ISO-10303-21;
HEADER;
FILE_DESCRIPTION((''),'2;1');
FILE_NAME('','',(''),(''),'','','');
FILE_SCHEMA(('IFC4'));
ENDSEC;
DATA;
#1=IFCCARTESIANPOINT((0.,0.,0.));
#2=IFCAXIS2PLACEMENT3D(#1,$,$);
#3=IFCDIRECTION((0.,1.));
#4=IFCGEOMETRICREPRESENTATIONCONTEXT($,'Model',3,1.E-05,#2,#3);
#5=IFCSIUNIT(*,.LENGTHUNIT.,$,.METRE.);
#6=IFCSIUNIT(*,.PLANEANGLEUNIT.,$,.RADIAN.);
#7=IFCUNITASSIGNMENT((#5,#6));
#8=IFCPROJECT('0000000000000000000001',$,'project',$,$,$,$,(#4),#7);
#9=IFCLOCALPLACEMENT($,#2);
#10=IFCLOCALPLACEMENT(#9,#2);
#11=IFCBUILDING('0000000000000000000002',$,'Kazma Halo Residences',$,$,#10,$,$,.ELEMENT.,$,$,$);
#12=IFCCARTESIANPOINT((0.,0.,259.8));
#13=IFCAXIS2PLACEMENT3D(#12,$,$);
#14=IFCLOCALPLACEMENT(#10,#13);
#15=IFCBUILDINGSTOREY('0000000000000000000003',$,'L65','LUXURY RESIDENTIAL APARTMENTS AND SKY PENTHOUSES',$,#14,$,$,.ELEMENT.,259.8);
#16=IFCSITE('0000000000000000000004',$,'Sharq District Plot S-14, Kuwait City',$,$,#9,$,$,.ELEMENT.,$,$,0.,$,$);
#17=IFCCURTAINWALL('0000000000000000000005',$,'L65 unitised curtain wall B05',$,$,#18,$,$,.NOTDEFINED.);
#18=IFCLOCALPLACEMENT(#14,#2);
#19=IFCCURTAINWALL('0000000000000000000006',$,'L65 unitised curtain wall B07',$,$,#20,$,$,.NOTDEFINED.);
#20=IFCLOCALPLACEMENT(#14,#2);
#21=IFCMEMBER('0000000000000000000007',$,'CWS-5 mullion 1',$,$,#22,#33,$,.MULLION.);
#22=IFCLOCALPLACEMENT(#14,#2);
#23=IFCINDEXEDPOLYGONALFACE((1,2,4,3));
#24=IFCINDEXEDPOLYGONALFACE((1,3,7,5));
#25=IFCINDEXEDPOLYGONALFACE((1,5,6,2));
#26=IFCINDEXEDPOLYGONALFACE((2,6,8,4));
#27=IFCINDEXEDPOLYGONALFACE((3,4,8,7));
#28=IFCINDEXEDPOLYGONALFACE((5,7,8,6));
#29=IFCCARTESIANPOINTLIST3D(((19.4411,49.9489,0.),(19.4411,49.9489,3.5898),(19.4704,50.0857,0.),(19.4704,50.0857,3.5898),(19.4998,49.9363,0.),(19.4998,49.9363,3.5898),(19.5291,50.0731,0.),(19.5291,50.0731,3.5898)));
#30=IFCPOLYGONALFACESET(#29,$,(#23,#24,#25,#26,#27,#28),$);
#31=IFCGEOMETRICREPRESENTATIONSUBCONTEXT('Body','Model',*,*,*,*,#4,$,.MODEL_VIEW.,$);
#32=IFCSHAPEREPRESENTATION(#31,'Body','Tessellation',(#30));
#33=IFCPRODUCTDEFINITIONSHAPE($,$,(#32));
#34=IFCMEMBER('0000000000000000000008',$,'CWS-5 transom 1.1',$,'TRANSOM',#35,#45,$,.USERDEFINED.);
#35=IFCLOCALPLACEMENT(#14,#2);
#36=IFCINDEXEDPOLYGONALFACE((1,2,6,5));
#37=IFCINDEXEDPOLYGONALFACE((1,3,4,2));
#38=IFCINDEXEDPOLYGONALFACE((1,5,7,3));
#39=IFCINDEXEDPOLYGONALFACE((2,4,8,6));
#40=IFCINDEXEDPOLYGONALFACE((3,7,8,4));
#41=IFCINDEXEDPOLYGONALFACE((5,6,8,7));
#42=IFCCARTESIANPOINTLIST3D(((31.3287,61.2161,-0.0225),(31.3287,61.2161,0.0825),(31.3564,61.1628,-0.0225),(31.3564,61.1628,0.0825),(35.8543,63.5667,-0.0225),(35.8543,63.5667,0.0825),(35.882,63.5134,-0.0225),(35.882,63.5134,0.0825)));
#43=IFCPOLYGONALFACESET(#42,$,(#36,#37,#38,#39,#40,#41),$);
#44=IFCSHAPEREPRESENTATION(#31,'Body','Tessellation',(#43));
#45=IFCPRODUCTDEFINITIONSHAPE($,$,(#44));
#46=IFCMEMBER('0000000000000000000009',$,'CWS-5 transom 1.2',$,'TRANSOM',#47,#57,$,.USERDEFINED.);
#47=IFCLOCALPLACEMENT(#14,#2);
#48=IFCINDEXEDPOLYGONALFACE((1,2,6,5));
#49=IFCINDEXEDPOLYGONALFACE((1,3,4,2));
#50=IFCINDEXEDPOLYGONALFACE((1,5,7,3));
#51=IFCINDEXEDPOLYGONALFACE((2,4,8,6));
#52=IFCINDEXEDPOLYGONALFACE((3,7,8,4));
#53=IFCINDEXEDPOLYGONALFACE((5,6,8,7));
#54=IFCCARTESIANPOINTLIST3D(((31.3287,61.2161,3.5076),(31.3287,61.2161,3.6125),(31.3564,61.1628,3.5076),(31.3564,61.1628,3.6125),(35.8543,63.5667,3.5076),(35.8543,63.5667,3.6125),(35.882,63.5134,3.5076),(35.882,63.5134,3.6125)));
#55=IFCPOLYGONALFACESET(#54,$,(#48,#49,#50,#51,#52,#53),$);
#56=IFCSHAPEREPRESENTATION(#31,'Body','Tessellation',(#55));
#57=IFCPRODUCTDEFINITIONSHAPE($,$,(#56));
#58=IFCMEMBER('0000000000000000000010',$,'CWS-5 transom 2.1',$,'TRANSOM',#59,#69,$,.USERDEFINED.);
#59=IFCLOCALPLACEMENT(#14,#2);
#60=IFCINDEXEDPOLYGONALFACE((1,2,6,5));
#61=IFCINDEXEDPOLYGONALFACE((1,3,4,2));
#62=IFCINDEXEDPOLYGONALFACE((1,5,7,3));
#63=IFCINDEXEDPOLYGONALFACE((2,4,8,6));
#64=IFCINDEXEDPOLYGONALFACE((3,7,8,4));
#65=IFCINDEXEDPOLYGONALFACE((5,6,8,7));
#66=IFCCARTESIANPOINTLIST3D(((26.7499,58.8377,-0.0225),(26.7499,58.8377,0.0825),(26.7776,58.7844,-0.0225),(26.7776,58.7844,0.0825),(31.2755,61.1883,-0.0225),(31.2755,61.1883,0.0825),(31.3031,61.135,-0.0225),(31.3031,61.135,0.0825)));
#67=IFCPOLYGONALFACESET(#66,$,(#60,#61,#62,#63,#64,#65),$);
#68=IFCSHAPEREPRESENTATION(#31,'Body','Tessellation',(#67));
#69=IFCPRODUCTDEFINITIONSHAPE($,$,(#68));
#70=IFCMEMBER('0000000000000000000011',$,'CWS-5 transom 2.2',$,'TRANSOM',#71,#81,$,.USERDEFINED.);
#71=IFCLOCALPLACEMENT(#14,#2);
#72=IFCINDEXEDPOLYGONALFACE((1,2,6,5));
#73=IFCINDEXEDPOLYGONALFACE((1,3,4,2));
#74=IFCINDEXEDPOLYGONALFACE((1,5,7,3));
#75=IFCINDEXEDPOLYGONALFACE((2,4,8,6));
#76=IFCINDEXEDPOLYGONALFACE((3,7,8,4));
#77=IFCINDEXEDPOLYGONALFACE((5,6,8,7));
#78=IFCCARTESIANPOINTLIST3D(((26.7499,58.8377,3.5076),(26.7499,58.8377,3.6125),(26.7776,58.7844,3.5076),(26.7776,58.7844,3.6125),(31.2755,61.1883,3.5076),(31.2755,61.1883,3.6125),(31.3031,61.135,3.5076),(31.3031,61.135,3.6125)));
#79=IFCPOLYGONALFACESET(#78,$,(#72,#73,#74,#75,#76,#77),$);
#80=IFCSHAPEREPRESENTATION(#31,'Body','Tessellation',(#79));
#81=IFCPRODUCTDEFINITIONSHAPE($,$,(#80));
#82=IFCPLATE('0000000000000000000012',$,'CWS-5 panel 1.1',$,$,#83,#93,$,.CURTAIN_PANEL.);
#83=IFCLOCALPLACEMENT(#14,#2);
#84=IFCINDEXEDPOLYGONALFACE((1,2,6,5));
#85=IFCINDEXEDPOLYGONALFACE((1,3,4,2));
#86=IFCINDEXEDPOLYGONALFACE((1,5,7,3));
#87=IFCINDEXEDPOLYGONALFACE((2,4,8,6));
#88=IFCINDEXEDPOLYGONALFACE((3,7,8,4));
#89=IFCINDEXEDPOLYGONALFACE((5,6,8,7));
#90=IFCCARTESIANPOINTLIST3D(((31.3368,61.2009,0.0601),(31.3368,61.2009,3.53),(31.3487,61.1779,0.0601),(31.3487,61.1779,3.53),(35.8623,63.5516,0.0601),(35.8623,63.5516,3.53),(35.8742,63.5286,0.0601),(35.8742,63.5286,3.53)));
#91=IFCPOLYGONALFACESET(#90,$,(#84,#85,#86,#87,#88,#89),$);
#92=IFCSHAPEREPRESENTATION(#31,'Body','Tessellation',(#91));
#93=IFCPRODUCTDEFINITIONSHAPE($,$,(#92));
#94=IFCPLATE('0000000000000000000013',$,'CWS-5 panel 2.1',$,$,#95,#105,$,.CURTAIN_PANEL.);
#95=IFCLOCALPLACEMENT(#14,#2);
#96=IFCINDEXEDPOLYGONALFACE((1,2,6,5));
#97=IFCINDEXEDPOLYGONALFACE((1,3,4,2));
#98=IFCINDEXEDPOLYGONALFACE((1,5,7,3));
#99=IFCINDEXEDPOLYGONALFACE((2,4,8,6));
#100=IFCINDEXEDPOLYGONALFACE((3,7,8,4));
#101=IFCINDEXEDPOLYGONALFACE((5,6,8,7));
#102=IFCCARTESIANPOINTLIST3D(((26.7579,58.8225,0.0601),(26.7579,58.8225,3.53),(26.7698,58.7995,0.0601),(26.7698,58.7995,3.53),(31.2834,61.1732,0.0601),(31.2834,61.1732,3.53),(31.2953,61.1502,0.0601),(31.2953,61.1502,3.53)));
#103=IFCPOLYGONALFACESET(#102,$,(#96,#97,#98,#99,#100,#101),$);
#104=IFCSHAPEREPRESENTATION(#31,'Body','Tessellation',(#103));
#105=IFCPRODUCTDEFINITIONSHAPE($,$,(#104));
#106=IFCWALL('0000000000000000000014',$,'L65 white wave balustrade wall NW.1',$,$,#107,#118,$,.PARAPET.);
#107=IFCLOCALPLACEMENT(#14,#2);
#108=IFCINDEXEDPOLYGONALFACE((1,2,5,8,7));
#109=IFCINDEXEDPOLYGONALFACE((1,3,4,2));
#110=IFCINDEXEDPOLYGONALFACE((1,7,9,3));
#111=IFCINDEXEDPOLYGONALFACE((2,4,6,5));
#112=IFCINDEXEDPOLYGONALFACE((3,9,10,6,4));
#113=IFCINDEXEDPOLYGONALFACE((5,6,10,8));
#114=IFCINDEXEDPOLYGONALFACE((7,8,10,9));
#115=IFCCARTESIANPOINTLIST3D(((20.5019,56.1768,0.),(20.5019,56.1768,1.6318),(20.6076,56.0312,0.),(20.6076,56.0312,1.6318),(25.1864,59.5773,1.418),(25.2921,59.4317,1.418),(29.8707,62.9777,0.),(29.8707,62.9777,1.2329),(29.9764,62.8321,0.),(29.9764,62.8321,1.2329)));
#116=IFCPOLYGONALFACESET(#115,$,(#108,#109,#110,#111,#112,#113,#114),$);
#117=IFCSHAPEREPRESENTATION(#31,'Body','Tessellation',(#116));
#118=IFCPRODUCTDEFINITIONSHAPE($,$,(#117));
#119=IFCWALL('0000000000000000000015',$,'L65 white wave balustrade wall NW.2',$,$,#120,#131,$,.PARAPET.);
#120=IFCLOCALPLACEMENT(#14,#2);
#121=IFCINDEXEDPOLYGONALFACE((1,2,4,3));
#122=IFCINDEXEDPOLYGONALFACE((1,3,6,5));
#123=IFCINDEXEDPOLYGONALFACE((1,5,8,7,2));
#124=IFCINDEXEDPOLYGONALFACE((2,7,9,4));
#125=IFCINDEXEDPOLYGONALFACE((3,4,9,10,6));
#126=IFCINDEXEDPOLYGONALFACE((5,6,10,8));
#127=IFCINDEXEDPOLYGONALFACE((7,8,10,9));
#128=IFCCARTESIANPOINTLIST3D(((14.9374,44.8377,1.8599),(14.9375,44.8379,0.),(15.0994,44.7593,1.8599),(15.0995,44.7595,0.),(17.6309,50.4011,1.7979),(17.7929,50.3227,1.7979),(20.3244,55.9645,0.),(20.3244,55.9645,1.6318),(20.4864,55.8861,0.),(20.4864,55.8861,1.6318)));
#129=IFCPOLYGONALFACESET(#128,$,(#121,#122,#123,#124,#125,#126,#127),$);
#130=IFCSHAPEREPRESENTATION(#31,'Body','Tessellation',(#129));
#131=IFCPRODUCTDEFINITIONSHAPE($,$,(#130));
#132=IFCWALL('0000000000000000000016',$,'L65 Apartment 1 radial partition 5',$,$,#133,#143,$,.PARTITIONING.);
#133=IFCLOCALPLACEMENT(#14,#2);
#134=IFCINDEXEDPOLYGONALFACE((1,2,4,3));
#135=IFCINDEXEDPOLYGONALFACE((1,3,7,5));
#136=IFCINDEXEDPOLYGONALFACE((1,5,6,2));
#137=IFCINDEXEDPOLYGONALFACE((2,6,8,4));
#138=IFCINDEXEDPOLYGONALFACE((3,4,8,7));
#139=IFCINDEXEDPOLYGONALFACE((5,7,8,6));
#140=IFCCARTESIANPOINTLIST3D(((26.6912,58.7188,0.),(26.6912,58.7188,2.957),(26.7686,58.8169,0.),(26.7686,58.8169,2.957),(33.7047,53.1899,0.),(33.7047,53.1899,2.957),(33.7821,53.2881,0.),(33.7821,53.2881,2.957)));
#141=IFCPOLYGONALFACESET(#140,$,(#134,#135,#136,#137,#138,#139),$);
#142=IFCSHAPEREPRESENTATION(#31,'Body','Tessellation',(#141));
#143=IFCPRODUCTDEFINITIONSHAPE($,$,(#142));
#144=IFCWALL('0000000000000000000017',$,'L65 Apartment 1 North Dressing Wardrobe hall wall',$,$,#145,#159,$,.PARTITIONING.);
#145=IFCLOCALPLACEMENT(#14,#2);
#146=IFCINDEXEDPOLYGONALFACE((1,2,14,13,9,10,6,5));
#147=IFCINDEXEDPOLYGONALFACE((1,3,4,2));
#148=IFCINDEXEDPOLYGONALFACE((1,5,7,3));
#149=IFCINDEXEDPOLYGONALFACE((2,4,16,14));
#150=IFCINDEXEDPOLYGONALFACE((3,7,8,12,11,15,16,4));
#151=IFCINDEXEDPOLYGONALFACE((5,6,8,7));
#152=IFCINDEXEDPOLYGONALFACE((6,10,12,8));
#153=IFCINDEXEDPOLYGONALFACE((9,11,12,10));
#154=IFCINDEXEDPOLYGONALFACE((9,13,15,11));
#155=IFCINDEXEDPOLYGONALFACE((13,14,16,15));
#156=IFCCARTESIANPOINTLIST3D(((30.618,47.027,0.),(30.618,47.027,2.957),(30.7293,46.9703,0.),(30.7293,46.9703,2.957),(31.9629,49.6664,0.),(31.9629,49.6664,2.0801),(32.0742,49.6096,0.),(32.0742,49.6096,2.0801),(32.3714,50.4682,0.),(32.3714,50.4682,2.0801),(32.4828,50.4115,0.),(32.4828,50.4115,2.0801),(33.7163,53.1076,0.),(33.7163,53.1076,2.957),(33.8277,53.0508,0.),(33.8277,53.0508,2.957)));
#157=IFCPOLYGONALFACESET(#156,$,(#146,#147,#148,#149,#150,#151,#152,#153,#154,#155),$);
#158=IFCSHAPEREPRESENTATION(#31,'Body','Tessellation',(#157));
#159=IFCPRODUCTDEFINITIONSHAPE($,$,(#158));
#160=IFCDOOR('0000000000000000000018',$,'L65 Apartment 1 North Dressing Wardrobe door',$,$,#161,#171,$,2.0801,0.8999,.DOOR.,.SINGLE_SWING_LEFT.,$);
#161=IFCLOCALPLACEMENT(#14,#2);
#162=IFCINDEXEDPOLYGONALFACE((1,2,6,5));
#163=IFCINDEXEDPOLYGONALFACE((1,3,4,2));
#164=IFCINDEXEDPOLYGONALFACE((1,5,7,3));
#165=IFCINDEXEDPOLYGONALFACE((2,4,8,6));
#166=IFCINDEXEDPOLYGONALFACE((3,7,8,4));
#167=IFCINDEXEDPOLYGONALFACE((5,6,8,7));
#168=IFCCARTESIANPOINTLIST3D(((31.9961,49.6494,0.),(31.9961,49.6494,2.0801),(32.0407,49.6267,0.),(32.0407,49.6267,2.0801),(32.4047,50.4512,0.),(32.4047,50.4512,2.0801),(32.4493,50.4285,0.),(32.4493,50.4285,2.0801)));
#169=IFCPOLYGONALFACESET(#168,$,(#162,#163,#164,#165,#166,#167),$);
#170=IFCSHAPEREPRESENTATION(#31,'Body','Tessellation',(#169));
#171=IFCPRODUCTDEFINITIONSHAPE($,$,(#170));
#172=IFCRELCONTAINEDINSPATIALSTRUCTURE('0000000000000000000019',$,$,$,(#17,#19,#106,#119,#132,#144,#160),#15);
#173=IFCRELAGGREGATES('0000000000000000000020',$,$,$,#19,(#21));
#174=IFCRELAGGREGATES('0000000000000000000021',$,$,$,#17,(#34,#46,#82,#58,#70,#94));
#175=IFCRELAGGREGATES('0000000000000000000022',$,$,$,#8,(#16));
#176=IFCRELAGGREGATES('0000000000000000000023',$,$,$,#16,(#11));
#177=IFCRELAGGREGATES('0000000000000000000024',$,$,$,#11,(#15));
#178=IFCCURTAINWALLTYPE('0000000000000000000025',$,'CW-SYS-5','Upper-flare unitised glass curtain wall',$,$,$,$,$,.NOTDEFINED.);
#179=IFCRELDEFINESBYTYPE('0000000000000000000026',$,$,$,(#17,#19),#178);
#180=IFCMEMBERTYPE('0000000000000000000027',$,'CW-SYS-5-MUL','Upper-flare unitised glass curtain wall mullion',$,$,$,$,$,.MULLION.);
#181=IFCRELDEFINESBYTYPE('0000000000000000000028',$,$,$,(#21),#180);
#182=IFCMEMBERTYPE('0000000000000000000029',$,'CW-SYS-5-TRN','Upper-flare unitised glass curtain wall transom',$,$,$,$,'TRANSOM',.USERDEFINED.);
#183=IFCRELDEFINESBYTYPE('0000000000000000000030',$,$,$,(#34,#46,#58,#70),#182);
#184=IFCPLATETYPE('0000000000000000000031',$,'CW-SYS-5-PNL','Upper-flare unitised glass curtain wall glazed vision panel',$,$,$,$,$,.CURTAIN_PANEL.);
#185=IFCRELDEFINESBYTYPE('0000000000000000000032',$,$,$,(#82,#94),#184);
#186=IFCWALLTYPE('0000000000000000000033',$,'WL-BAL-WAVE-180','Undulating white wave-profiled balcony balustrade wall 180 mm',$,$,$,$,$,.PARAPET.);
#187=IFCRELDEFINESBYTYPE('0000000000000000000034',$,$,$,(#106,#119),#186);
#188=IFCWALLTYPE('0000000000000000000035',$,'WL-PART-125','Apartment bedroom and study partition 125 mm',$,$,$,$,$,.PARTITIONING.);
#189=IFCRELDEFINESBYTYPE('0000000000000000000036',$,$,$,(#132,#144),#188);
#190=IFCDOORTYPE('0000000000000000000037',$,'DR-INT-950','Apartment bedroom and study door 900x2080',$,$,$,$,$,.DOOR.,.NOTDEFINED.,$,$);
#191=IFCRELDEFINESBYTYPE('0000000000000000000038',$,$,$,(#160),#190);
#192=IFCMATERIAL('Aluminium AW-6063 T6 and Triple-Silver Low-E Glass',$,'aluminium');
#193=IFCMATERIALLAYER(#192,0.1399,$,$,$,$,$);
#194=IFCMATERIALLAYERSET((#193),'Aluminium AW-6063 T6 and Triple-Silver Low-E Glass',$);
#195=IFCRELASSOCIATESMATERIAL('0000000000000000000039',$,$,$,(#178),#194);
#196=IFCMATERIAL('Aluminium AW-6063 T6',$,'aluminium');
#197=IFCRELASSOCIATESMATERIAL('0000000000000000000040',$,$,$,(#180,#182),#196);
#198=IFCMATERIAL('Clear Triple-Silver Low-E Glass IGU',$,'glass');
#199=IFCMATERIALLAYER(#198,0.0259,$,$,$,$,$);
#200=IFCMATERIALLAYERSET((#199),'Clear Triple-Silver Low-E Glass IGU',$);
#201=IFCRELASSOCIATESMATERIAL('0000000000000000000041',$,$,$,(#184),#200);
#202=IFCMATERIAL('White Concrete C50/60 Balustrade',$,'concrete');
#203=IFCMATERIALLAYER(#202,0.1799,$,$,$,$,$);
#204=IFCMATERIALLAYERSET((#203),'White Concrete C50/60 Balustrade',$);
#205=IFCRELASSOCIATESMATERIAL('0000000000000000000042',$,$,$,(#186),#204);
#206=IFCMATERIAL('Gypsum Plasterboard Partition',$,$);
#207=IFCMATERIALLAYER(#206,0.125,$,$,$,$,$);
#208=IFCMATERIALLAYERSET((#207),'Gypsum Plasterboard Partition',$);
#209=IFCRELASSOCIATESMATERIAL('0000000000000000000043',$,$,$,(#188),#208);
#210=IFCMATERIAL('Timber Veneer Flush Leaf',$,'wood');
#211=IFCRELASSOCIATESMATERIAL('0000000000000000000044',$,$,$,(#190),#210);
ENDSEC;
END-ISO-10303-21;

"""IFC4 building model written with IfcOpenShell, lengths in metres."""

from ifc_helpers import new_model, si_unit, direction, frame, frame_2d, origin, origin_2d, place, context, subcontext, project, spatial, polyline, rectangle, outline, extrude, material, layer, layer_set, material_profile, profile_set, type_object, element, fill, aggregate, save


model = new_model("IFC4")

# Units and contexts
model_context = context("Model", 3, precision=1e-05, world=origin(), true_north=direction((0.0, 1.0)))
body_context = subcontext(model_context, "Body", "Model", "MODEL_VIEW")
ifc_project = project(units=[si_unit("LENGTHUNIT", "METRE"), si_unit("PLANEANGLEUNIT", "RADIAN")], contexts=[model_context])

# Site, building, storey
site_placement = place(None, origin())
site = spatial("IfcSite", under=ifc_project, at=site_placement, Name="Sharq District Plot S-14, Kuwait City", CompositionType="ELEMENT", RefElevation=0.0)
building_placement = place(site_placement, origin())
building = spatial("IfcBuilding", under=site, at=building_placement, Name="Kazma Halo Residences", CompositionType="ELEMENT")
storey_placement = place(building_placement, frame((0.0, 0.0, 259.8)))
storey = spatial("IfcBuildingStorey", under=building, at=storey_placement, Name="L65", Description="LUXURY RESIDENTIAL APARTMENTS AND SKY PENTHOUSES", CompositionType="ELEMENT", Elevation=259.8)

# Curtain wall
ifc_material_1 = material(Name="Aluminium AW-6063 T6 and Triple-Silver Low-E Glass", Category="aluminium")
ifc_layer_1 = layer(ifc_material_1, 0.1399)
ifc_layer_set_1 = layer_set([ifc_layer_1], Name="Aluminium AW-6063 T6 and Triple-Silver Low-E Glass")
curtain_wall_type = type_object("IfcCurtainWallType", Name="CW-SYS-5", Description="Upper-flare unitised glass curtain wall", PredefinedType="NOTDEFINED", material=ifc_layer_set_1)
curtain_wall_1_placement = place(storey_placement, origin())
curtain_wall_1 = element("IfcCurtainWall", 1, at=curtain_wall_1_placement, inside=storey, type_object=curtain_wall_type, Name="L65 unitised curtain wall B05", PredefinedType="NOTDEFINED")
ifc_material_2 = material(Name="Aluminium AW-6063 T6", Category="aluminium")
ifc_material_profile_1 = material_profile(ifc_material_2, rectangle(XDim=0.0601, YDim=0.1399, at=origin_2d()), Name="CWM-60x140")
ifc_profile_set_1 = profile_set([ifc_material_profile_1], Name="Aluminium AW-6063 T6")
member_type_1 = type_object("IfcMemberType", Name="CW-SYS-5-MUL", Description="Upper-flare unitised glass curtain wall mullion", PredefinedType="MULLION", material=ifc_profile_set_1)

# Curtain wall, member
curtain_wall_2_placement = place(storey_placement, origin())
curtain_wall_2 = element("IfcCurtainWall", 2, at=curtain_wall_2_placement, inside=storey, type_object=curtain_wall_type, Name="L65 unitised curtain wall B07", PredefinedType="NOTDEFINED")
member_1_placement = place(storey_placement, frame((19.4851, 50.011, 0.0), z_axis=(0.0, 0.0, 1.0), x_axis=(0.977775, -0.209657, 0.0)))
member_1 = element("IfcMember", 3, at=member_1_placement, type_object=member_type_1, Name="CWS-5 mullion 1", PredefinedType="MULLION", context=body_context, shape_type="SweptSolid", body=[
    extrude(rectangle(XDim=0.0601, YDim=0.1399, at=origin_2d()), origin(), (0.0, 0.0, 1.0), 3.5898),
])
aggregate(curtain_wall_2, [member_1])

# Members
ifc_material_profile_2 = material_profile(ifc_material_2, rectangle(XDim=0.0601, YDim=0.105, at=origin_2d()), Name="CWT-60x105")
ifc_profile_set_2 = profile_set([ifc_material_profile_2], Name="Aluminium AW-6063 T6")
member_type_2 = type_object("IfcMemberType", Name="CW-SYS-5-TRN", Description="Upper-flare unitised glass curtain wall transom", ElementType="TRANSOM", PredefinedType="USERDEFINED", material=ifc_profile_set_2)
member_2_placement = place(storey_placement, frame((35.8682, 63.54, 0.03), z_axis=(-0.887437, -0.460929, 0.0), x_axis=(0.460929, -0.887437, 0.0)))
member_2 = element("IfcMember", 4, at=member_2_placement, type_object=member_type_2, Name="CWS-5 transom 1.1", ObjectType="TRANSOM", PredefinedType="USERDEFINED", context=body_context, shape_type="SweptSolid", body=[
    extrude(rectangle(XDim=0.0601, YDim=0.105, at=origin_2d()), origin(), (0.0, 0.0, 1.0), 5.0996),
])
member_3_placement = place(storey_placement, frame((35.8682, 63.54, 3.5601), z_axis=(-0.887437, -0.460929, 0.0), x_axis=(0.460929, -0.887437, 0.0)))
member_3 = element("IfcMember", 5, at=member_3_placement, type_object=member_type_2, Name="CWS-5 transom 1.2", ObjectType="TRANSOM", PredefinedType="USERDEFINED", context=body_context, shape_type="SweptSolid", body=[
    extrude(rectangle(XDim=0.0601, YDim=0.105, at=origin_2d()), origin(), (0.0, 0.0, 1.0), 5.0996),
])
member_4_placement = place(storey_placement, frame((31.2893, 61.1616, 0.03), z_axis=(-0.887437, -0.460929, 0.0), x_axis=(0.460929, -0.887437, 0.0)))
member_4 = element("IfcMember", 6, at=member_4_placement, type_object=member_type_2, Name="CWS-5 transom 2.1", ObjectType="TRANSOM", PredefinedType="USERDEFINED", context=body_context, shape_type="SweptSolid", body=[
    extrude(rectangle(XDim=0.0601, YDim=0.105, at=origin_2d()), origin(), (0.0, 0.0, 1.0), 5.0996),
])
member_5_placement = place(storey_placement, frame((31.2893, 61.1616, 3.5601), z_axis=(-0.887437, -0.460929, 0.0), x_axis=(0.460929, -0.887437, 0.0)))
member_5 = element("IfcMember", 7, at=member_5_placement, type_object=member_type_2, Name="CWS-5 transom 2.2", ObjectType="TRANSOM", PredefinedType="USERDEFINED", context=body_context, shape_type="SweptSolid", body=[
    extrude(rectangle(XDim=0.0601, YDim=0.105, at=origin_2d()), origin(), (0.0, 0.0, 1.0), 5.0996),
])

# Plates
ifc_material_3 = material(Name="Clear Triple-Silver Low-E Glass IGU", Category="glass")
ifc_layer_2 = layer(ifc_material_3, 0.0259)
ifc_layer_set_2 = layer_set([ifc_layer_2], Name="Clear Triple-Silver Low-E Glass IGU")
plate_type = type_object("IfcPlateType", Name="CW-SYS-5-PNL", Description="Upper-flare unitised glass curtain wall glazed vision panel", PredefinedType="CURTAIN_PANEL", material=ifc_layer_set_2)
plate_1_placement = place(storey_placement, frame((33.6055, 62.3647, 0.0601), z_axis=(0.0, 0.0, 1.0), x_axis=(-0.887421, -0.460961, 0.0)))
plate_1 = element("IfcPlate", 8, at=plate_1_placement, type_object=plate_type, Name="CWS-5 panel 1.1", PredefinedType="CURTAIN_PANEL", context=body_context, shape_type="SweptSolid", body=[
    extrude(rectangle(XDim=5.0996, YDim=0.0259, at=origin_2d()), origin(), (0.0, 0.0, 1.0), 3.47),
])
plate_2_placement = place(storey_placement, frame((29.0266, 59.9863, 0.0601), z_axis=(0.0, 0.0, 1.0), x_axis=(-0.887421, -0.460961, 0.0)))
plate_2 = element("IfcPlate", 9, at=plate_2_placement, type_object=plate_type, Name="CWS-5 panel 2.1", PredefinedType="CURTAIN_PANEL", context=body_context, shape_type="SweptSolid", body=[
    extrude(rectangle(XDim=5.0996, YDim=0.0259, at=origin_2d()), origin(), (0.0, 0.0, 1.0), 3.47),
])
aggregate(curtain_wall_1, [member_2, member_3, plate_1, member_4, member_5, plate_2])

# Walls
ifc_material_4 = material(Name="White Concrete C50/60 Balustrade", Category="concrete")
ifc_layer_3 = layer(ifc_material_4, 0.1799)
ifc_layer_set_3 = layer_set([ifc_layer_3], Name="White Concrete C50/60 Balustrade")
wall_type_1 = type_object("IfcWallType", Name="WL-BAL-WAVE-180", Description="Undulating white wave-profiled balcony balustrade wall 180 mm", PredefinedType="PARAPET", material=ifc_layer_set_3)
wall_1_placement = place(storey_placement, frame((29.9236, 62.9048, 0.0), z_axis=(0.0, 0.0, 1.0), x_axis=(-0.809261, -0.587449, 0.0)))
element("IfcWall", 10, at=wall_1_placement, inside=storey, type_object=wall_type_1, Name="L65 white wave balustrade wall NW.1", PredefinedType="PARAPET", context=body_context, shape_type="SweptSolid", body=[
    extrude(outline(polyline([(0.0, 0.0), (11.5769, 0.0), (11.5769, 1.6318), (5.7883, 1.418), (0.0, 1.2329), (0.0, 0.0)])), frame((0.0, 0.0898, 0.0), z_axis=(0.0, -1.0, 0.0), x_axis=(1.0, 0.0, 0.0)), (0.0, 0.0, 1.0), 0.1799),
])
wall_2_placement = place(storey_placement, frame((20.4055, 55.9253, 0.0), z_axis=(0.0, 0.0, 1.0), x_axis=(-0.435762, -0.900062, 0.0)))
element("IfcWall", 11, at=wall_2_placement, inside=storey, type_object=wall_type_1, Name="L65 white wave balustrade wall NW.2", PredefinedType="PARAPET", context=body_context, shape_type="SweptSolid", body=[
    extrude(outline(polyline([(0.0, 0.0), (12.3621, 0.0), (12.3623, 1.8599), (6.1812, 1.7979), (0.0, 1.6318), (0.0, 0.0)])), frame((0.0, 0.0898, 0.0), z_axis=(0.0, -1.0, 0.0), x_axis=(1.0, 0.0, 0.0)), (0.0, 0.0, 1.0), 0.1799),
])

# Wall
ifc_material_5 = material(Name="Gypsum Plasterboard Partition")
ifc_layer_4 = layer(ifc_material_5, 0.125)
ifc_layer_set_4 = layer_set([ifc_layer_4], Name="Gypsum Plasterboard Partition")
wall_type_2 = type_object("IfcWallType", Name="WL-PART-125", Description="Apartment bedroom and study partition 125 mm", PredefinedType="PARTITIONING", material=ifc_layer_set_4)
wall_3_placement = place(storey_placement, frame((33.7434, 53.239, 0.0), z_axis=(0.0, 0.0, 1.0), x_axis=(-0.785324, 0.619085, 0.0)))
element("IfcWall", 12, at=wall_3_placement, inside=storey, type_object=wall_type_2, Name="L65 Apartment 1 radial partition 5", PredefinedType="PARTITIONING", context=body_context, shape_type="SweptSolid", body=[
    extrude(rectangle(XDim=8.9307, YDim=0.125, at=frame_2d((4.4653, 0.0))), origin(), (0.0, 0.0, 1.0), 2.957),
])

# Wall, opening, door
wall_4_placement = place(storey_placement, frame((33.772, 53.0791, 0.0), z_axis=(0.0, 0.0, 1.0), x_axis=(-0.454012, -0.890996, 0.0)))
wall_4 = element("IfcWall", 13, at=wall_4_placement, inside=storey, type_object=wall_type_2, Name="L65 Apartment 1 North Dressing Wardrobe hall wall", PredefinedType="PARTITIONING", context=body_context, shape_type="SweptSolid", body=[
    extrude(rectangle(XDim=6.8245, YDim=0.125, at=frame_2d((3.4121, 0.0))), origin(), (0.0, 0.0, 1.0), 2.957),
])
opening_1_placement = place(wall_4_placement, frame((2.9622, 0.0, 0.0)))
opening_1 = element("IfcOpeningElement", 14, at=opening_1_placement, cuts=wall_4, PredefinedType="OPENING", context=body_context, shape_type="SweptSolid", body=[
    extrude(rectangle(XDim=0.8999, YDim=2.0801, at=frame_2d((0.45, 1.04))), frame((0.0, 0.0725, 0.0), z_axis=(0.0, -1.0, 0.0), x_axis=(1.0, 0.0, 0.0)), (0.0, 0.0, 1.0), 0.145),
])
ifc_material_6 = material(Name="Timber Veneer Flush Leaf", Category="wood")
door_type_1 = type_object("IfcDoorType", Name="DR-INT-950", Description="Apartment bedroom and study door 900x2080", OperationType="NOTDEFINED", PredefinedType="DOOR", material=ifc_material_6)
door_1_placement = place(opening_1_placement, origin())
door_1 = element("IfcDoor", 15, at=door_1_placement, inside=storey, type_object=door_type_1, Name="L65 Apartment 1 North Dressing Wardrobe door", OperationType="SINGLE_SWING_LEFT", OverallHeight=2.0801, OverallWidth=0.8999, PredefinedType="DOOR", context=body_context, shape_type="SweptSolid", body=[
    extrude(rectangle(XDim=0.8999, YDim=2.0801, at=frame_2d((0.45, 1.04))), frame((0.0, 0.0249, 0.0), z_axis=(0.0, -1.0, 0.0), x_axis=(1.0, 0.0, 0.0)), (0.0, 0.0, 1.0), 0.05),
])
fill(opening_1, door_1)

save(model, "model.ifc")
